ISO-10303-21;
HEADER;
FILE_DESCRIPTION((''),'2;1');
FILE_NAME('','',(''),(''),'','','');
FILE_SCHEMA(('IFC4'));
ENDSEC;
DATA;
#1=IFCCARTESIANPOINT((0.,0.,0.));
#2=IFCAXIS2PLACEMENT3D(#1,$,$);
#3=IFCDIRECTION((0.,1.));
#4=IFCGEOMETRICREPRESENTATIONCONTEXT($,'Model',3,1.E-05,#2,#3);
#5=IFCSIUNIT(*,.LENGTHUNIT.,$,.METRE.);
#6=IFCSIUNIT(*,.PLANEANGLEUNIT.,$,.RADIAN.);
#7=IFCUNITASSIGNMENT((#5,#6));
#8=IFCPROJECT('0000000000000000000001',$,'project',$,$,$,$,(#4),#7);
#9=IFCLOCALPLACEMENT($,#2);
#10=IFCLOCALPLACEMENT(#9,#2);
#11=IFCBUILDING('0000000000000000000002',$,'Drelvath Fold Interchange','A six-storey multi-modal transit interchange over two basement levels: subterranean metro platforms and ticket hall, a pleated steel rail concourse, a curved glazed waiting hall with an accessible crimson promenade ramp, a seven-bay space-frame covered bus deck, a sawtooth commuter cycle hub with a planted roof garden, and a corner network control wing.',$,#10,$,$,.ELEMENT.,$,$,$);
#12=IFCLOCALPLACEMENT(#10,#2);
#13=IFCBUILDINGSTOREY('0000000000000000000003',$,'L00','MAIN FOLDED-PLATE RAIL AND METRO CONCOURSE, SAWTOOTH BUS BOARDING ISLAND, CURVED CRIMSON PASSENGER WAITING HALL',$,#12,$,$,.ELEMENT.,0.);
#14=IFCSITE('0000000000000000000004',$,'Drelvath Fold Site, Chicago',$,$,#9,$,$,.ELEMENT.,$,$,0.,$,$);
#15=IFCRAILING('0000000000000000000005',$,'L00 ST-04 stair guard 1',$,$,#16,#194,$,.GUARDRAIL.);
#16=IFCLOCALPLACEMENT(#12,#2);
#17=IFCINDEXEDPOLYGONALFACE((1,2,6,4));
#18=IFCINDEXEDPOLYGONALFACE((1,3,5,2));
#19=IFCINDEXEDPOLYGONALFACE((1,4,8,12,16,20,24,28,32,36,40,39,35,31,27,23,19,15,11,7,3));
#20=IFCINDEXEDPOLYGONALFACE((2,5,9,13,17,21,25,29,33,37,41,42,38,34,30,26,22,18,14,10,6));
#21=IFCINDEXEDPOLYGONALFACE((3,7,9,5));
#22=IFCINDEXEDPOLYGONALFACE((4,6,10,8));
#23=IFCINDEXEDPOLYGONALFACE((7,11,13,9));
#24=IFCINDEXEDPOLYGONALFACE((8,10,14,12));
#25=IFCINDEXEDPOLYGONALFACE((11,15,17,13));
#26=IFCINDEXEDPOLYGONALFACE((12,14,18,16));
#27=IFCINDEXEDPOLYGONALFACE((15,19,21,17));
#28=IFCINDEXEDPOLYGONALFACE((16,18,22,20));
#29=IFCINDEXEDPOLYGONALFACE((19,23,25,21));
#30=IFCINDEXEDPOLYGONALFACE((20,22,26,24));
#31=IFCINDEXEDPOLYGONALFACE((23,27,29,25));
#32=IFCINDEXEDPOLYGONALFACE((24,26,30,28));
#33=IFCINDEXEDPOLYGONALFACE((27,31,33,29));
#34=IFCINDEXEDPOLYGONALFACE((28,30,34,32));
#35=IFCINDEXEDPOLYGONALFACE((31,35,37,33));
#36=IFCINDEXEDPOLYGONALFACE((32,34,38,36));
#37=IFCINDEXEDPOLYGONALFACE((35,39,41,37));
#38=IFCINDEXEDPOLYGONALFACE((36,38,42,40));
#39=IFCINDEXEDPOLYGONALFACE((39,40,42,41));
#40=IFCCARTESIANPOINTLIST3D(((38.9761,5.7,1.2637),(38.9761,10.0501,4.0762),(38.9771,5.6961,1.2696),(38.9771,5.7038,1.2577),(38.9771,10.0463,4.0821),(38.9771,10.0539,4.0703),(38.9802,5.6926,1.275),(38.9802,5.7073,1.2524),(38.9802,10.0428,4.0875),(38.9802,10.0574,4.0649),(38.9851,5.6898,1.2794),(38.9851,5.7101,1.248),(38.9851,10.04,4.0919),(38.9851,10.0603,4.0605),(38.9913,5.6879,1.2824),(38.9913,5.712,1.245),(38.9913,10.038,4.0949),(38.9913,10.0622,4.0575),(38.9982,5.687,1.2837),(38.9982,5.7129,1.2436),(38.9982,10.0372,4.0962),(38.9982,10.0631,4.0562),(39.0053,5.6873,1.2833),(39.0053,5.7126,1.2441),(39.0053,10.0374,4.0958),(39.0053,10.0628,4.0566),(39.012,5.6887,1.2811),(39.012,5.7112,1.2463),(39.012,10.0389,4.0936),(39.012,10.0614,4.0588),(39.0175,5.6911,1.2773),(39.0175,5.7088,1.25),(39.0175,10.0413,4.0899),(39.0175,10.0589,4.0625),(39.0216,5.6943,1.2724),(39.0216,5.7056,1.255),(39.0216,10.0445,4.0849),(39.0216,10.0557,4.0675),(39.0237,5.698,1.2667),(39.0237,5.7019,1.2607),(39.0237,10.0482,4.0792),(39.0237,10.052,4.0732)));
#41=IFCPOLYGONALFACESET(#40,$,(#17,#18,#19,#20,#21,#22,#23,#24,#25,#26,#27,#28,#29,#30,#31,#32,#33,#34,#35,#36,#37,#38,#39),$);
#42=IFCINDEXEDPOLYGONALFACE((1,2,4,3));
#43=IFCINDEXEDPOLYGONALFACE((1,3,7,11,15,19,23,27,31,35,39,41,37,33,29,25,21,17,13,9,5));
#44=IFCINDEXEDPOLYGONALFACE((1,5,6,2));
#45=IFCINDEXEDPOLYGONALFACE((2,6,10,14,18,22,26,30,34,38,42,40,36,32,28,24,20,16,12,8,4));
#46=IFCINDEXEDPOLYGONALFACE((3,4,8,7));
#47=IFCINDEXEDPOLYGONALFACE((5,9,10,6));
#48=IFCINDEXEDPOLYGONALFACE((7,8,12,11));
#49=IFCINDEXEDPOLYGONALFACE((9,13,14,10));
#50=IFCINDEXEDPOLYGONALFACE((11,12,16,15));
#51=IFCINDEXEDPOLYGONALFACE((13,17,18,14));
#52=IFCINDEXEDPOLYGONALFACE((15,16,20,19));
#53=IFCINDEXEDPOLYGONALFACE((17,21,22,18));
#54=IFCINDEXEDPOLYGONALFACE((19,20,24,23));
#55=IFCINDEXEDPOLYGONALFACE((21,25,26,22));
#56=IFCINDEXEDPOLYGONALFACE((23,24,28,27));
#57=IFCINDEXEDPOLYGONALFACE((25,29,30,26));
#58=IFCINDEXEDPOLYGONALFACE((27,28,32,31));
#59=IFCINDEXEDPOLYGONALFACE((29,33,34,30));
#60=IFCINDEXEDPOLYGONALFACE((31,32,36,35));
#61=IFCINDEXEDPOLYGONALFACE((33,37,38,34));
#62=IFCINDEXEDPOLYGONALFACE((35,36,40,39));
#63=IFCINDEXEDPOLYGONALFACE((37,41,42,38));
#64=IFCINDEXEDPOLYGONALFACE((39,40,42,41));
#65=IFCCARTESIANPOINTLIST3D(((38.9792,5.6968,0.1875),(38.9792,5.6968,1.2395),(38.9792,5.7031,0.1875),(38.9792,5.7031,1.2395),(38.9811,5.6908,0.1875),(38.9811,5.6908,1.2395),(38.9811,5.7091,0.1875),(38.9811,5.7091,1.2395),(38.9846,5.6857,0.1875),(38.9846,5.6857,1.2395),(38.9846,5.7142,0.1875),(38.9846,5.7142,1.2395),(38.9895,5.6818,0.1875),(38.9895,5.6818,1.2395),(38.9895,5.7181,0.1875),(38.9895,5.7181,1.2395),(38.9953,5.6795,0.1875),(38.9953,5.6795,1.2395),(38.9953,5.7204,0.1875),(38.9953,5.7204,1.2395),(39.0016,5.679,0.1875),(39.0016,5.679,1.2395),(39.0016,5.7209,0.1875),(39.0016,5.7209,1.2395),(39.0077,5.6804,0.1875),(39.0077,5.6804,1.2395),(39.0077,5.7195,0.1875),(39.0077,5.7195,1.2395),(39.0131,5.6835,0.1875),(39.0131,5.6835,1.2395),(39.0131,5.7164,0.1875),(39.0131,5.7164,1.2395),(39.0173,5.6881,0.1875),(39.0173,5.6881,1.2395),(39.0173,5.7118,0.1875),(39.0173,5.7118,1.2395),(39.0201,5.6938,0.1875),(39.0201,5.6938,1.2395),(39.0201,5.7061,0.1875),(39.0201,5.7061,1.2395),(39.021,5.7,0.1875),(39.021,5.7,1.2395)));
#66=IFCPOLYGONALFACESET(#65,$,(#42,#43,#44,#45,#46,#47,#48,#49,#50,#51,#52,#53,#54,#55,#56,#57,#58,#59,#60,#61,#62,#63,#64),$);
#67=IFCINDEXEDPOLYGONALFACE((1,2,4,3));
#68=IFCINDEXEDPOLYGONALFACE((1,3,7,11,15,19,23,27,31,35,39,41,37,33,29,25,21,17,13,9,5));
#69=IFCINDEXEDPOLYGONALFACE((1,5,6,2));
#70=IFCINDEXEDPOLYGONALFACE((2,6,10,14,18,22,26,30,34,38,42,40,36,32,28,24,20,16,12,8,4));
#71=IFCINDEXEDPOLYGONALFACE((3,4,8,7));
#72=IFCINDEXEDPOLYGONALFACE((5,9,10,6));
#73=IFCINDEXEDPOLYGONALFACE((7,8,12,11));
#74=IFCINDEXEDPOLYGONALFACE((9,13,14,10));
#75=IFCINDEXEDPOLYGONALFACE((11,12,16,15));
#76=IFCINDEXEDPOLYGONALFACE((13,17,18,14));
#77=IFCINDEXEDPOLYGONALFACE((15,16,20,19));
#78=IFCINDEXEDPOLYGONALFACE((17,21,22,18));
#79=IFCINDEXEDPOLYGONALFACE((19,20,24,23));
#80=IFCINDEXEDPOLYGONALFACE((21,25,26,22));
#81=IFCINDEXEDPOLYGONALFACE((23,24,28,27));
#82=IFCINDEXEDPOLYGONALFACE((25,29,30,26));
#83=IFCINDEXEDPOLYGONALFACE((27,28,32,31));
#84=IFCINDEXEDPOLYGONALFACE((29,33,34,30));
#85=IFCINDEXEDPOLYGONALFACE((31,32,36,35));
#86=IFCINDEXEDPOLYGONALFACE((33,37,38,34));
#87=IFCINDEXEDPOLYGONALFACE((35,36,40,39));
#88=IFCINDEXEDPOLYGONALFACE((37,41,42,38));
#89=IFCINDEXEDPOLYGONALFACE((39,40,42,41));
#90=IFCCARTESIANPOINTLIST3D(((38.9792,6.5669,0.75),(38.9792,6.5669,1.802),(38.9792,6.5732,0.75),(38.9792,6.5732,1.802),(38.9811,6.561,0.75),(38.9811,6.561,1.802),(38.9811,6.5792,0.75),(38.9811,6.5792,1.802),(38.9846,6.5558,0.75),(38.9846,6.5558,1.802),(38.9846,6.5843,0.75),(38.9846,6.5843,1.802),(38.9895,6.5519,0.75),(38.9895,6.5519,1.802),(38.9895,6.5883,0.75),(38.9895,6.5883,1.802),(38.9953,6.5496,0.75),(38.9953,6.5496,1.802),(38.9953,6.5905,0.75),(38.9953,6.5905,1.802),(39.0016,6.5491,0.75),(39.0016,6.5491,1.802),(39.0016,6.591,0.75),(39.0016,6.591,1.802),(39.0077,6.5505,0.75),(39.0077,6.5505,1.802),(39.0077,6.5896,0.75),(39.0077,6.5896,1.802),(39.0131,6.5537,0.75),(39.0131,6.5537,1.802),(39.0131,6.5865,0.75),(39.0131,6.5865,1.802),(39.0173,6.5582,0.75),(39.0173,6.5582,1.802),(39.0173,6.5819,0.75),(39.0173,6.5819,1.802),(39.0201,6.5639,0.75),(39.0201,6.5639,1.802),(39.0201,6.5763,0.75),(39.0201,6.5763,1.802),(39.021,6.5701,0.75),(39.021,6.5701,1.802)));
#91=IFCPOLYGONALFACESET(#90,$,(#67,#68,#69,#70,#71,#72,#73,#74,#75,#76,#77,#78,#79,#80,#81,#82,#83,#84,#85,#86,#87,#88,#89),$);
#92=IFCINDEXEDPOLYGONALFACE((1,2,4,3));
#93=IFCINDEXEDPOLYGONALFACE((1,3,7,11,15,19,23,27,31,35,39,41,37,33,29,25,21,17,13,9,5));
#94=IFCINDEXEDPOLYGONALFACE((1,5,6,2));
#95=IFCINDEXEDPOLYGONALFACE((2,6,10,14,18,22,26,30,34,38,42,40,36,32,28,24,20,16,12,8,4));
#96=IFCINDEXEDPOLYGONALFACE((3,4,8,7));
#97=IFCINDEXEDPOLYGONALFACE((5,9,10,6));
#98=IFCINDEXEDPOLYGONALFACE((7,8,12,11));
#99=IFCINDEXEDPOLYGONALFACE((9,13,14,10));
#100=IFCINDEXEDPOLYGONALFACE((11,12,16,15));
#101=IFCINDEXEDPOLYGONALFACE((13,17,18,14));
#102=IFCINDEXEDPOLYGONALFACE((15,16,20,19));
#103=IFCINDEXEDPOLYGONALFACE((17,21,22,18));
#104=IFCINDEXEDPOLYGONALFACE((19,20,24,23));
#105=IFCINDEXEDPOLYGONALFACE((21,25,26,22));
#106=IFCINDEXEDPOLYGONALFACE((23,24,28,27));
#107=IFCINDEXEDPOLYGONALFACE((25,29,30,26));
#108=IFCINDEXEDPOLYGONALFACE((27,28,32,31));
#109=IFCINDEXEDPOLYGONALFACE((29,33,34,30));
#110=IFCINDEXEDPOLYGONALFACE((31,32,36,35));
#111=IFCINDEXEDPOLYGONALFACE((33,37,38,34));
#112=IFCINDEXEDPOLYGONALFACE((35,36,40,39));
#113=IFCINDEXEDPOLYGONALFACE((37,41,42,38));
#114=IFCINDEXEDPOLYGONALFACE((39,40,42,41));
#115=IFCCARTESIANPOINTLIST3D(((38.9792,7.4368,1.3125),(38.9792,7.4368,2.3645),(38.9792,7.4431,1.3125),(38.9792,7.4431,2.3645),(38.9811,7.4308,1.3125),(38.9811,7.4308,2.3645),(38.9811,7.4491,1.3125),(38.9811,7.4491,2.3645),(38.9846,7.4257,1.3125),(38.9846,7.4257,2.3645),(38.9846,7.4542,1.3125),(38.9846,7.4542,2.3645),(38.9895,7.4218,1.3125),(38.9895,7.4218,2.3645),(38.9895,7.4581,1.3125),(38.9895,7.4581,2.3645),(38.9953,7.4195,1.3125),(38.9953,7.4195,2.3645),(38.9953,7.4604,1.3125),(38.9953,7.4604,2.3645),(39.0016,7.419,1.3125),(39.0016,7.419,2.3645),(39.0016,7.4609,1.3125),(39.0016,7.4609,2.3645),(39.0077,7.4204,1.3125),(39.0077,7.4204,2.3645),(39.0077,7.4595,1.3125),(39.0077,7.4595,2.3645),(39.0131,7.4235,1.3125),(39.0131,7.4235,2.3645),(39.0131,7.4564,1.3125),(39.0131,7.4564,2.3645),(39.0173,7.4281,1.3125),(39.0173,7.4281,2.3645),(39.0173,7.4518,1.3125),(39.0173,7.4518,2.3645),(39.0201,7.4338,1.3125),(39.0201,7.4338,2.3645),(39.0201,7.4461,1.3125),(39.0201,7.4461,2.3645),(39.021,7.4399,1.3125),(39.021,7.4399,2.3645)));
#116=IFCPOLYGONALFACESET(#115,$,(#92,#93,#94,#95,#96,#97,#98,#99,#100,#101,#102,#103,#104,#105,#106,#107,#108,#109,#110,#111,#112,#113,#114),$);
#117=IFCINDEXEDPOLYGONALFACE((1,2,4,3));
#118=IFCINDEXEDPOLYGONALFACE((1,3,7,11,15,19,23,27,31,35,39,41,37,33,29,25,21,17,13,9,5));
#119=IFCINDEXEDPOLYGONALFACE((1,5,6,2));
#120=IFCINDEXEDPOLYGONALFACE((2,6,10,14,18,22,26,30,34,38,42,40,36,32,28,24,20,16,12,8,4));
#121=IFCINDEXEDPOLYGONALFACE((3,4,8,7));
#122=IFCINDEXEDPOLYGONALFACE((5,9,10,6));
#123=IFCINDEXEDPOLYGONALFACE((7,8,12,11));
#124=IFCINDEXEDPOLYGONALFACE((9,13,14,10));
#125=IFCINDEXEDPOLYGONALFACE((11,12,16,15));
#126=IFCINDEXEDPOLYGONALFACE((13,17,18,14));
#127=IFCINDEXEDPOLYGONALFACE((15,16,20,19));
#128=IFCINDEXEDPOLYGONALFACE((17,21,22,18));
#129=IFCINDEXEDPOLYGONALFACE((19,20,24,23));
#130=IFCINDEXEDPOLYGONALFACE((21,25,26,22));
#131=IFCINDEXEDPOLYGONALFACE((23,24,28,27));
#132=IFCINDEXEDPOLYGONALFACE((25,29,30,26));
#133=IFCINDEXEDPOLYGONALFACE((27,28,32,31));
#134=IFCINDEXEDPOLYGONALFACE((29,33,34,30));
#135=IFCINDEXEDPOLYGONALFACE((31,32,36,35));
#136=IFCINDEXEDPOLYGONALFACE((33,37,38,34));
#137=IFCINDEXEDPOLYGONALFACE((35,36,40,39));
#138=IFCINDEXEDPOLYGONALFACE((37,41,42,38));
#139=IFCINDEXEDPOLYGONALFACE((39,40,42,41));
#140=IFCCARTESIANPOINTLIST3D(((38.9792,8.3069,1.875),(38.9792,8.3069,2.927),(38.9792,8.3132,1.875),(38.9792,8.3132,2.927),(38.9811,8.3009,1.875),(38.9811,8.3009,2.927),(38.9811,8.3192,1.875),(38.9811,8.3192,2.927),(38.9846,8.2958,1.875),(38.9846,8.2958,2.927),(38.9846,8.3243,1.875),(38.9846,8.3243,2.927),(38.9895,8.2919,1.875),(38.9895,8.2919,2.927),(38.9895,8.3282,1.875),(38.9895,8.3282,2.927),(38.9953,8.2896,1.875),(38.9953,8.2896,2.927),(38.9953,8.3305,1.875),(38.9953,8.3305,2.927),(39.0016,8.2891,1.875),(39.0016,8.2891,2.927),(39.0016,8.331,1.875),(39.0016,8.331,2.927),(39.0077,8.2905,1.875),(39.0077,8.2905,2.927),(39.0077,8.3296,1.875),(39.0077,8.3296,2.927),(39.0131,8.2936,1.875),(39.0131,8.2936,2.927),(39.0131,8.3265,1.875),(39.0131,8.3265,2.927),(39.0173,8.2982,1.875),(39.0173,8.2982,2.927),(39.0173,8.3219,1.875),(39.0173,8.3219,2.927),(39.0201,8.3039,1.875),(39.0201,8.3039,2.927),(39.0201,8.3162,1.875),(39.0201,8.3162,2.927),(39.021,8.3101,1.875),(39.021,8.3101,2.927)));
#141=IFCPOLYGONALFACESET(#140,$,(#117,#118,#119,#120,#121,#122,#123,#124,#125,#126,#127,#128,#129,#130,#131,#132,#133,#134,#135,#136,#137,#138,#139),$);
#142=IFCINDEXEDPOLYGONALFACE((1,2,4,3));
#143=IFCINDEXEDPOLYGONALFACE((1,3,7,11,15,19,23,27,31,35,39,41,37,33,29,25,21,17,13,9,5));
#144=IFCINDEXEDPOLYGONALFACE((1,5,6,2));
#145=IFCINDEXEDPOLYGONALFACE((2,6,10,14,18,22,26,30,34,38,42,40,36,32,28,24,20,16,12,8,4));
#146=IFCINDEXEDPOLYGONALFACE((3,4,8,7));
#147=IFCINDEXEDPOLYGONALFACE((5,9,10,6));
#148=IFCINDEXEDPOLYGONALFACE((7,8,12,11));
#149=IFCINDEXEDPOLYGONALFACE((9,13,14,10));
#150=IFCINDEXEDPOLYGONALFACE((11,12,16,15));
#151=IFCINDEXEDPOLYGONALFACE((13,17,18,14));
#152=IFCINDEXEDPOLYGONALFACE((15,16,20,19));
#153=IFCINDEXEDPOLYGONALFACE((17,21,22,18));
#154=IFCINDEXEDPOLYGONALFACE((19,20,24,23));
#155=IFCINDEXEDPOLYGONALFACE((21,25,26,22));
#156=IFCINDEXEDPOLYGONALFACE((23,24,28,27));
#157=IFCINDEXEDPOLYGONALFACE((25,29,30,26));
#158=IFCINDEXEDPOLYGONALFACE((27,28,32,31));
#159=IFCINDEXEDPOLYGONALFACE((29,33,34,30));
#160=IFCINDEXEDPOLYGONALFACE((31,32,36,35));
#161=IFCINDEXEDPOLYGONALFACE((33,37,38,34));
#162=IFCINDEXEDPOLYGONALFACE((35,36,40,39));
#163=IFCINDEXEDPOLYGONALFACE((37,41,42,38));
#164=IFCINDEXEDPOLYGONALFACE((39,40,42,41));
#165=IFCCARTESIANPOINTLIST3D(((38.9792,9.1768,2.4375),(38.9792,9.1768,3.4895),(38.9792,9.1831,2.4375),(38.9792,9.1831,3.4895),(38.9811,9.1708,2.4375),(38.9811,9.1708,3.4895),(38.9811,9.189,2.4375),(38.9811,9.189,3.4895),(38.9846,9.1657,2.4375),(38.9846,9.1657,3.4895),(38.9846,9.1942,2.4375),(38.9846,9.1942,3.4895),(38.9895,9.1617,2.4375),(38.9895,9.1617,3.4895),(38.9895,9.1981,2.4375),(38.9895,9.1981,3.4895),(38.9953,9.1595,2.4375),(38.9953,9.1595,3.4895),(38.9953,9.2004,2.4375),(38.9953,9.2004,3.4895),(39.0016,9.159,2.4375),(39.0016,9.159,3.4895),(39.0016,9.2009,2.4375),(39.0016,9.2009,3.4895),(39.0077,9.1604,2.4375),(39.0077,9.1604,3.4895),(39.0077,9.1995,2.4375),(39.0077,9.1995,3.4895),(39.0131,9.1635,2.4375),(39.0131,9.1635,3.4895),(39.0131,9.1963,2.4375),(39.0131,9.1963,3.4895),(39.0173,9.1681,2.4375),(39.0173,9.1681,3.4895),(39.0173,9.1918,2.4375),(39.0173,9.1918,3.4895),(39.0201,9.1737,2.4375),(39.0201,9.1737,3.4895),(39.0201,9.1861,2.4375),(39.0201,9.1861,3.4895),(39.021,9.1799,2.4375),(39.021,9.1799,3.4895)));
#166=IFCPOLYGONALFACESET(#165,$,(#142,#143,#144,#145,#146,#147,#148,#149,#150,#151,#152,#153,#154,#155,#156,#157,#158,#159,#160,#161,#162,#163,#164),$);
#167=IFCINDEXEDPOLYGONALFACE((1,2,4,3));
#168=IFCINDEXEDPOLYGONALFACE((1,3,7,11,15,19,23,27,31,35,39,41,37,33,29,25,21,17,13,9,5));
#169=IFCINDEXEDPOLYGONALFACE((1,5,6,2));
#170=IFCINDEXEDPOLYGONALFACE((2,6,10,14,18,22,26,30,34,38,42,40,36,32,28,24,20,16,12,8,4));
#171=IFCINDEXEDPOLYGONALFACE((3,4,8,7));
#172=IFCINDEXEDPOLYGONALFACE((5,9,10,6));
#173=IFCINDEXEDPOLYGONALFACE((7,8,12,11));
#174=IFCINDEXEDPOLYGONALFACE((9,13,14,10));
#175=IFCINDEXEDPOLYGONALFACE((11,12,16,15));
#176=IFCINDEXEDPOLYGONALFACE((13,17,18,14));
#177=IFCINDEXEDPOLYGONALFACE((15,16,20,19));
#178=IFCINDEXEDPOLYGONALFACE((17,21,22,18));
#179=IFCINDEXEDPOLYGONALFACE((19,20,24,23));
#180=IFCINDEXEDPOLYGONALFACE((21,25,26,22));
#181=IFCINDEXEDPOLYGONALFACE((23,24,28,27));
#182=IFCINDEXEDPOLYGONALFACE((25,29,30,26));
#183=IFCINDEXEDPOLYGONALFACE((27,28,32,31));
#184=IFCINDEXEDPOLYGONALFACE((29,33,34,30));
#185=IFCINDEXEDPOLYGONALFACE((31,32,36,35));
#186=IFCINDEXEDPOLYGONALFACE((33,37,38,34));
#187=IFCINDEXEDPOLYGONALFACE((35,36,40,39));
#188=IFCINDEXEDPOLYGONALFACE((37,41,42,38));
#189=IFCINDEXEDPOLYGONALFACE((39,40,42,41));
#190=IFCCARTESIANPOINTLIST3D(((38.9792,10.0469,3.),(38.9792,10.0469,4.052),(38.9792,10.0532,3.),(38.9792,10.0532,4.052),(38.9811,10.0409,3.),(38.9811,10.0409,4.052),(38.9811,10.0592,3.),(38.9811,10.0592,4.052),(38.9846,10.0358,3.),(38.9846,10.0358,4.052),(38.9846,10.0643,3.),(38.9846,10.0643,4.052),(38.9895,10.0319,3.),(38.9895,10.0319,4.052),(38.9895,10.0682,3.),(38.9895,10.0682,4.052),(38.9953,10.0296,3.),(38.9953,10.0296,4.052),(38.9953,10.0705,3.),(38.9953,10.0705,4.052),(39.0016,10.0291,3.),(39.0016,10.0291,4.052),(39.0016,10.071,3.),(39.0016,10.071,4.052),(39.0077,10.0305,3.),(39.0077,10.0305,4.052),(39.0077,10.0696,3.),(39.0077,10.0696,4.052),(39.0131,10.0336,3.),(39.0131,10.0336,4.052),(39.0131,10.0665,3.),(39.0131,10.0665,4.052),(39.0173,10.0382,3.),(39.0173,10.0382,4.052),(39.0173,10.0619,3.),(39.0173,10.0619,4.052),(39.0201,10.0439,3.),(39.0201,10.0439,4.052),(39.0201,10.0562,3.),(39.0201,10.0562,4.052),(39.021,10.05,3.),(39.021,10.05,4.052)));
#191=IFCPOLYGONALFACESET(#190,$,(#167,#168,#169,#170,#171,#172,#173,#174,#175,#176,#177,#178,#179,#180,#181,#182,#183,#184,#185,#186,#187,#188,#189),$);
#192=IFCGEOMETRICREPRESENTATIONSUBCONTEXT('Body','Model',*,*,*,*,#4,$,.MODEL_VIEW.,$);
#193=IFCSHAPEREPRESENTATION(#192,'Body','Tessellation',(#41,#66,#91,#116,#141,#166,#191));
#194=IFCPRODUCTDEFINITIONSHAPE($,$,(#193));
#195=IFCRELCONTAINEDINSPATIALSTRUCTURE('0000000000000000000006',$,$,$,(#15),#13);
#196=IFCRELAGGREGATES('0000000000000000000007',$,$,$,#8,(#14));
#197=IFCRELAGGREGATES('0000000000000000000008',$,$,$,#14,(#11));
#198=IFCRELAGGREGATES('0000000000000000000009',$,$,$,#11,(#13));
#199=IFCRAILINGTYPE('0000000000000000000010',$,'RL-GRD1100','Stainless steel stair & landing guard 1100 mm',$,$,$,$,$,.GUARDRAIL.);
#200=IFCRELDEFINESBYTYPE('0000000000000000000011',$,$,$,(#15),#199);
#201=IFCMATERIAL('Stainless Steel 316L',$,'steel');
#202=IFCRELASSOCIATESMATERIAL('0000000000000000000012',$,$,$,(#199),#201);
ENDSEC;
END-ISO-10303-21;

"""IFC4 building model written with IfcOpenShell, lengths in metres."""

from ifc_helpers import new_model, si_unit, direction, frame, origin, origin_2d, place, context, subcontext, project, spatial, circle, extrude, material, type_object, element, save


model = new_model("IFC4")

# Units and contexts
model_context = context("Model", 3, precision=1e-05, world=origin(), true_north=direction((0.0, 1.0)))
body_context = subcontext(model_context, "Body", "Model", "MODEL_VIEW")
ifc_project = project(units=[si_unit("LENGTHUNIT", "METRE"), si_unit("PLANEANGLEUNIT", "RADIAN")], contexts=[model_context])

# Site, building, storey
site_placement = place(None, origin())
site = spatial("IfcSite", under=ifc_project, at=site_placement, Name="Drelvath Fold Site, Chicago", CompositionType="ELEMENT", RefElevation=0.0)
building_placement = place(site_placement, origin())
building = spatial("IfcBuilding", under=site, at=building_placement, Name="Drelvath Fold Interchange", Description="A six-storey multi-modal transit interchange over two basement levels: subterranean metro platforms and ticket hall, a pleated steel rail concourse, a curved glazed waiting hall with an accessible crimson promenade ramp, a seven-bay space-frame covered bus deck, a sawtooth commuter cycle hub with a planted roof garden, and a corner network control wing.", CompositionType="ELEMENT")
storey_placement = place(building_placement, origin())
storey = spatial("IfcBuildingStorey", under=building, at=storey_placement, Name="L00", Description="MAIN FOLDED-PLATE RAIL AND METRO CONCOURSE, SAWTOOTH BUS BOARDING ISLAND, CURVED CRIMSON PASSENGER WAITING HALL", CompositionType="ELEMENT", Elevation=0.0)

# Railing
ifc_material_1 = material(Name="Stainless Steel 316L", Category="steel")
railing_type_1 = type_object("IfcRailingType", Name="RL-GRD1100", Description="Stainless steel stair & landing guard 1100 mm", PredefinedType="GUARDRAIL", material=ifc_material_1)
railing_1_placement = place(storey_placement, frame((39.0, 5.7, 0.1875)))
element("IfcRailing", 1, at=railing_1_placement, inside=storey, type_object=railing_type_1, Name="L00 ST-04 stair guard 1", PredefinedType="GUARDRAIL", context=body_context, shape_type="SweptSolid", body=[
    extrude(circle(Radius=0.0239, at=origin_2d()), frame((0.0, 0.0, 1.0762), z_axis=(0.0, 0.83977, 0.542942), x_axis=(-1.0, 0.0, 0.0)), (0.0, 0.0, 1.0), 5.1802),
    extrude(circle(Radius=0.021, at=origin_2d()), origin(), (0.0, 0.0, 1.0), 1.052),
    extrude(circle(Radius=0.021, at=origin_2d()), frame((0.0, 0.8701, 0.5625)), (0.0, 0.0, 1.0), 1.052),
    extrude(circle(Radius=0.021, at=origin_2d()), frame((0.0, 1.74, 1.125)), (0.0, 0.0, 1.0), 1.052),
    extrude(circle(Radius=0.021, at=origin_2d()), frame((0.0, 2.6101, 1.6875)), (0.0, 0.0, 1.0), 1.052),
    extrude(circle(Radius=0.021, at=origin_2d()), frame((0.0, 3.48, 2.25)), (0.0, 0.0, 1.0), 1.052),
    extrude(circle(Radius=0.021, at=origin_2d()), frame((0.0, 4.3501, 2.8125)), (0.0, 0.0, 1.0), 1.052),
])

save(model, "model.ifc")
